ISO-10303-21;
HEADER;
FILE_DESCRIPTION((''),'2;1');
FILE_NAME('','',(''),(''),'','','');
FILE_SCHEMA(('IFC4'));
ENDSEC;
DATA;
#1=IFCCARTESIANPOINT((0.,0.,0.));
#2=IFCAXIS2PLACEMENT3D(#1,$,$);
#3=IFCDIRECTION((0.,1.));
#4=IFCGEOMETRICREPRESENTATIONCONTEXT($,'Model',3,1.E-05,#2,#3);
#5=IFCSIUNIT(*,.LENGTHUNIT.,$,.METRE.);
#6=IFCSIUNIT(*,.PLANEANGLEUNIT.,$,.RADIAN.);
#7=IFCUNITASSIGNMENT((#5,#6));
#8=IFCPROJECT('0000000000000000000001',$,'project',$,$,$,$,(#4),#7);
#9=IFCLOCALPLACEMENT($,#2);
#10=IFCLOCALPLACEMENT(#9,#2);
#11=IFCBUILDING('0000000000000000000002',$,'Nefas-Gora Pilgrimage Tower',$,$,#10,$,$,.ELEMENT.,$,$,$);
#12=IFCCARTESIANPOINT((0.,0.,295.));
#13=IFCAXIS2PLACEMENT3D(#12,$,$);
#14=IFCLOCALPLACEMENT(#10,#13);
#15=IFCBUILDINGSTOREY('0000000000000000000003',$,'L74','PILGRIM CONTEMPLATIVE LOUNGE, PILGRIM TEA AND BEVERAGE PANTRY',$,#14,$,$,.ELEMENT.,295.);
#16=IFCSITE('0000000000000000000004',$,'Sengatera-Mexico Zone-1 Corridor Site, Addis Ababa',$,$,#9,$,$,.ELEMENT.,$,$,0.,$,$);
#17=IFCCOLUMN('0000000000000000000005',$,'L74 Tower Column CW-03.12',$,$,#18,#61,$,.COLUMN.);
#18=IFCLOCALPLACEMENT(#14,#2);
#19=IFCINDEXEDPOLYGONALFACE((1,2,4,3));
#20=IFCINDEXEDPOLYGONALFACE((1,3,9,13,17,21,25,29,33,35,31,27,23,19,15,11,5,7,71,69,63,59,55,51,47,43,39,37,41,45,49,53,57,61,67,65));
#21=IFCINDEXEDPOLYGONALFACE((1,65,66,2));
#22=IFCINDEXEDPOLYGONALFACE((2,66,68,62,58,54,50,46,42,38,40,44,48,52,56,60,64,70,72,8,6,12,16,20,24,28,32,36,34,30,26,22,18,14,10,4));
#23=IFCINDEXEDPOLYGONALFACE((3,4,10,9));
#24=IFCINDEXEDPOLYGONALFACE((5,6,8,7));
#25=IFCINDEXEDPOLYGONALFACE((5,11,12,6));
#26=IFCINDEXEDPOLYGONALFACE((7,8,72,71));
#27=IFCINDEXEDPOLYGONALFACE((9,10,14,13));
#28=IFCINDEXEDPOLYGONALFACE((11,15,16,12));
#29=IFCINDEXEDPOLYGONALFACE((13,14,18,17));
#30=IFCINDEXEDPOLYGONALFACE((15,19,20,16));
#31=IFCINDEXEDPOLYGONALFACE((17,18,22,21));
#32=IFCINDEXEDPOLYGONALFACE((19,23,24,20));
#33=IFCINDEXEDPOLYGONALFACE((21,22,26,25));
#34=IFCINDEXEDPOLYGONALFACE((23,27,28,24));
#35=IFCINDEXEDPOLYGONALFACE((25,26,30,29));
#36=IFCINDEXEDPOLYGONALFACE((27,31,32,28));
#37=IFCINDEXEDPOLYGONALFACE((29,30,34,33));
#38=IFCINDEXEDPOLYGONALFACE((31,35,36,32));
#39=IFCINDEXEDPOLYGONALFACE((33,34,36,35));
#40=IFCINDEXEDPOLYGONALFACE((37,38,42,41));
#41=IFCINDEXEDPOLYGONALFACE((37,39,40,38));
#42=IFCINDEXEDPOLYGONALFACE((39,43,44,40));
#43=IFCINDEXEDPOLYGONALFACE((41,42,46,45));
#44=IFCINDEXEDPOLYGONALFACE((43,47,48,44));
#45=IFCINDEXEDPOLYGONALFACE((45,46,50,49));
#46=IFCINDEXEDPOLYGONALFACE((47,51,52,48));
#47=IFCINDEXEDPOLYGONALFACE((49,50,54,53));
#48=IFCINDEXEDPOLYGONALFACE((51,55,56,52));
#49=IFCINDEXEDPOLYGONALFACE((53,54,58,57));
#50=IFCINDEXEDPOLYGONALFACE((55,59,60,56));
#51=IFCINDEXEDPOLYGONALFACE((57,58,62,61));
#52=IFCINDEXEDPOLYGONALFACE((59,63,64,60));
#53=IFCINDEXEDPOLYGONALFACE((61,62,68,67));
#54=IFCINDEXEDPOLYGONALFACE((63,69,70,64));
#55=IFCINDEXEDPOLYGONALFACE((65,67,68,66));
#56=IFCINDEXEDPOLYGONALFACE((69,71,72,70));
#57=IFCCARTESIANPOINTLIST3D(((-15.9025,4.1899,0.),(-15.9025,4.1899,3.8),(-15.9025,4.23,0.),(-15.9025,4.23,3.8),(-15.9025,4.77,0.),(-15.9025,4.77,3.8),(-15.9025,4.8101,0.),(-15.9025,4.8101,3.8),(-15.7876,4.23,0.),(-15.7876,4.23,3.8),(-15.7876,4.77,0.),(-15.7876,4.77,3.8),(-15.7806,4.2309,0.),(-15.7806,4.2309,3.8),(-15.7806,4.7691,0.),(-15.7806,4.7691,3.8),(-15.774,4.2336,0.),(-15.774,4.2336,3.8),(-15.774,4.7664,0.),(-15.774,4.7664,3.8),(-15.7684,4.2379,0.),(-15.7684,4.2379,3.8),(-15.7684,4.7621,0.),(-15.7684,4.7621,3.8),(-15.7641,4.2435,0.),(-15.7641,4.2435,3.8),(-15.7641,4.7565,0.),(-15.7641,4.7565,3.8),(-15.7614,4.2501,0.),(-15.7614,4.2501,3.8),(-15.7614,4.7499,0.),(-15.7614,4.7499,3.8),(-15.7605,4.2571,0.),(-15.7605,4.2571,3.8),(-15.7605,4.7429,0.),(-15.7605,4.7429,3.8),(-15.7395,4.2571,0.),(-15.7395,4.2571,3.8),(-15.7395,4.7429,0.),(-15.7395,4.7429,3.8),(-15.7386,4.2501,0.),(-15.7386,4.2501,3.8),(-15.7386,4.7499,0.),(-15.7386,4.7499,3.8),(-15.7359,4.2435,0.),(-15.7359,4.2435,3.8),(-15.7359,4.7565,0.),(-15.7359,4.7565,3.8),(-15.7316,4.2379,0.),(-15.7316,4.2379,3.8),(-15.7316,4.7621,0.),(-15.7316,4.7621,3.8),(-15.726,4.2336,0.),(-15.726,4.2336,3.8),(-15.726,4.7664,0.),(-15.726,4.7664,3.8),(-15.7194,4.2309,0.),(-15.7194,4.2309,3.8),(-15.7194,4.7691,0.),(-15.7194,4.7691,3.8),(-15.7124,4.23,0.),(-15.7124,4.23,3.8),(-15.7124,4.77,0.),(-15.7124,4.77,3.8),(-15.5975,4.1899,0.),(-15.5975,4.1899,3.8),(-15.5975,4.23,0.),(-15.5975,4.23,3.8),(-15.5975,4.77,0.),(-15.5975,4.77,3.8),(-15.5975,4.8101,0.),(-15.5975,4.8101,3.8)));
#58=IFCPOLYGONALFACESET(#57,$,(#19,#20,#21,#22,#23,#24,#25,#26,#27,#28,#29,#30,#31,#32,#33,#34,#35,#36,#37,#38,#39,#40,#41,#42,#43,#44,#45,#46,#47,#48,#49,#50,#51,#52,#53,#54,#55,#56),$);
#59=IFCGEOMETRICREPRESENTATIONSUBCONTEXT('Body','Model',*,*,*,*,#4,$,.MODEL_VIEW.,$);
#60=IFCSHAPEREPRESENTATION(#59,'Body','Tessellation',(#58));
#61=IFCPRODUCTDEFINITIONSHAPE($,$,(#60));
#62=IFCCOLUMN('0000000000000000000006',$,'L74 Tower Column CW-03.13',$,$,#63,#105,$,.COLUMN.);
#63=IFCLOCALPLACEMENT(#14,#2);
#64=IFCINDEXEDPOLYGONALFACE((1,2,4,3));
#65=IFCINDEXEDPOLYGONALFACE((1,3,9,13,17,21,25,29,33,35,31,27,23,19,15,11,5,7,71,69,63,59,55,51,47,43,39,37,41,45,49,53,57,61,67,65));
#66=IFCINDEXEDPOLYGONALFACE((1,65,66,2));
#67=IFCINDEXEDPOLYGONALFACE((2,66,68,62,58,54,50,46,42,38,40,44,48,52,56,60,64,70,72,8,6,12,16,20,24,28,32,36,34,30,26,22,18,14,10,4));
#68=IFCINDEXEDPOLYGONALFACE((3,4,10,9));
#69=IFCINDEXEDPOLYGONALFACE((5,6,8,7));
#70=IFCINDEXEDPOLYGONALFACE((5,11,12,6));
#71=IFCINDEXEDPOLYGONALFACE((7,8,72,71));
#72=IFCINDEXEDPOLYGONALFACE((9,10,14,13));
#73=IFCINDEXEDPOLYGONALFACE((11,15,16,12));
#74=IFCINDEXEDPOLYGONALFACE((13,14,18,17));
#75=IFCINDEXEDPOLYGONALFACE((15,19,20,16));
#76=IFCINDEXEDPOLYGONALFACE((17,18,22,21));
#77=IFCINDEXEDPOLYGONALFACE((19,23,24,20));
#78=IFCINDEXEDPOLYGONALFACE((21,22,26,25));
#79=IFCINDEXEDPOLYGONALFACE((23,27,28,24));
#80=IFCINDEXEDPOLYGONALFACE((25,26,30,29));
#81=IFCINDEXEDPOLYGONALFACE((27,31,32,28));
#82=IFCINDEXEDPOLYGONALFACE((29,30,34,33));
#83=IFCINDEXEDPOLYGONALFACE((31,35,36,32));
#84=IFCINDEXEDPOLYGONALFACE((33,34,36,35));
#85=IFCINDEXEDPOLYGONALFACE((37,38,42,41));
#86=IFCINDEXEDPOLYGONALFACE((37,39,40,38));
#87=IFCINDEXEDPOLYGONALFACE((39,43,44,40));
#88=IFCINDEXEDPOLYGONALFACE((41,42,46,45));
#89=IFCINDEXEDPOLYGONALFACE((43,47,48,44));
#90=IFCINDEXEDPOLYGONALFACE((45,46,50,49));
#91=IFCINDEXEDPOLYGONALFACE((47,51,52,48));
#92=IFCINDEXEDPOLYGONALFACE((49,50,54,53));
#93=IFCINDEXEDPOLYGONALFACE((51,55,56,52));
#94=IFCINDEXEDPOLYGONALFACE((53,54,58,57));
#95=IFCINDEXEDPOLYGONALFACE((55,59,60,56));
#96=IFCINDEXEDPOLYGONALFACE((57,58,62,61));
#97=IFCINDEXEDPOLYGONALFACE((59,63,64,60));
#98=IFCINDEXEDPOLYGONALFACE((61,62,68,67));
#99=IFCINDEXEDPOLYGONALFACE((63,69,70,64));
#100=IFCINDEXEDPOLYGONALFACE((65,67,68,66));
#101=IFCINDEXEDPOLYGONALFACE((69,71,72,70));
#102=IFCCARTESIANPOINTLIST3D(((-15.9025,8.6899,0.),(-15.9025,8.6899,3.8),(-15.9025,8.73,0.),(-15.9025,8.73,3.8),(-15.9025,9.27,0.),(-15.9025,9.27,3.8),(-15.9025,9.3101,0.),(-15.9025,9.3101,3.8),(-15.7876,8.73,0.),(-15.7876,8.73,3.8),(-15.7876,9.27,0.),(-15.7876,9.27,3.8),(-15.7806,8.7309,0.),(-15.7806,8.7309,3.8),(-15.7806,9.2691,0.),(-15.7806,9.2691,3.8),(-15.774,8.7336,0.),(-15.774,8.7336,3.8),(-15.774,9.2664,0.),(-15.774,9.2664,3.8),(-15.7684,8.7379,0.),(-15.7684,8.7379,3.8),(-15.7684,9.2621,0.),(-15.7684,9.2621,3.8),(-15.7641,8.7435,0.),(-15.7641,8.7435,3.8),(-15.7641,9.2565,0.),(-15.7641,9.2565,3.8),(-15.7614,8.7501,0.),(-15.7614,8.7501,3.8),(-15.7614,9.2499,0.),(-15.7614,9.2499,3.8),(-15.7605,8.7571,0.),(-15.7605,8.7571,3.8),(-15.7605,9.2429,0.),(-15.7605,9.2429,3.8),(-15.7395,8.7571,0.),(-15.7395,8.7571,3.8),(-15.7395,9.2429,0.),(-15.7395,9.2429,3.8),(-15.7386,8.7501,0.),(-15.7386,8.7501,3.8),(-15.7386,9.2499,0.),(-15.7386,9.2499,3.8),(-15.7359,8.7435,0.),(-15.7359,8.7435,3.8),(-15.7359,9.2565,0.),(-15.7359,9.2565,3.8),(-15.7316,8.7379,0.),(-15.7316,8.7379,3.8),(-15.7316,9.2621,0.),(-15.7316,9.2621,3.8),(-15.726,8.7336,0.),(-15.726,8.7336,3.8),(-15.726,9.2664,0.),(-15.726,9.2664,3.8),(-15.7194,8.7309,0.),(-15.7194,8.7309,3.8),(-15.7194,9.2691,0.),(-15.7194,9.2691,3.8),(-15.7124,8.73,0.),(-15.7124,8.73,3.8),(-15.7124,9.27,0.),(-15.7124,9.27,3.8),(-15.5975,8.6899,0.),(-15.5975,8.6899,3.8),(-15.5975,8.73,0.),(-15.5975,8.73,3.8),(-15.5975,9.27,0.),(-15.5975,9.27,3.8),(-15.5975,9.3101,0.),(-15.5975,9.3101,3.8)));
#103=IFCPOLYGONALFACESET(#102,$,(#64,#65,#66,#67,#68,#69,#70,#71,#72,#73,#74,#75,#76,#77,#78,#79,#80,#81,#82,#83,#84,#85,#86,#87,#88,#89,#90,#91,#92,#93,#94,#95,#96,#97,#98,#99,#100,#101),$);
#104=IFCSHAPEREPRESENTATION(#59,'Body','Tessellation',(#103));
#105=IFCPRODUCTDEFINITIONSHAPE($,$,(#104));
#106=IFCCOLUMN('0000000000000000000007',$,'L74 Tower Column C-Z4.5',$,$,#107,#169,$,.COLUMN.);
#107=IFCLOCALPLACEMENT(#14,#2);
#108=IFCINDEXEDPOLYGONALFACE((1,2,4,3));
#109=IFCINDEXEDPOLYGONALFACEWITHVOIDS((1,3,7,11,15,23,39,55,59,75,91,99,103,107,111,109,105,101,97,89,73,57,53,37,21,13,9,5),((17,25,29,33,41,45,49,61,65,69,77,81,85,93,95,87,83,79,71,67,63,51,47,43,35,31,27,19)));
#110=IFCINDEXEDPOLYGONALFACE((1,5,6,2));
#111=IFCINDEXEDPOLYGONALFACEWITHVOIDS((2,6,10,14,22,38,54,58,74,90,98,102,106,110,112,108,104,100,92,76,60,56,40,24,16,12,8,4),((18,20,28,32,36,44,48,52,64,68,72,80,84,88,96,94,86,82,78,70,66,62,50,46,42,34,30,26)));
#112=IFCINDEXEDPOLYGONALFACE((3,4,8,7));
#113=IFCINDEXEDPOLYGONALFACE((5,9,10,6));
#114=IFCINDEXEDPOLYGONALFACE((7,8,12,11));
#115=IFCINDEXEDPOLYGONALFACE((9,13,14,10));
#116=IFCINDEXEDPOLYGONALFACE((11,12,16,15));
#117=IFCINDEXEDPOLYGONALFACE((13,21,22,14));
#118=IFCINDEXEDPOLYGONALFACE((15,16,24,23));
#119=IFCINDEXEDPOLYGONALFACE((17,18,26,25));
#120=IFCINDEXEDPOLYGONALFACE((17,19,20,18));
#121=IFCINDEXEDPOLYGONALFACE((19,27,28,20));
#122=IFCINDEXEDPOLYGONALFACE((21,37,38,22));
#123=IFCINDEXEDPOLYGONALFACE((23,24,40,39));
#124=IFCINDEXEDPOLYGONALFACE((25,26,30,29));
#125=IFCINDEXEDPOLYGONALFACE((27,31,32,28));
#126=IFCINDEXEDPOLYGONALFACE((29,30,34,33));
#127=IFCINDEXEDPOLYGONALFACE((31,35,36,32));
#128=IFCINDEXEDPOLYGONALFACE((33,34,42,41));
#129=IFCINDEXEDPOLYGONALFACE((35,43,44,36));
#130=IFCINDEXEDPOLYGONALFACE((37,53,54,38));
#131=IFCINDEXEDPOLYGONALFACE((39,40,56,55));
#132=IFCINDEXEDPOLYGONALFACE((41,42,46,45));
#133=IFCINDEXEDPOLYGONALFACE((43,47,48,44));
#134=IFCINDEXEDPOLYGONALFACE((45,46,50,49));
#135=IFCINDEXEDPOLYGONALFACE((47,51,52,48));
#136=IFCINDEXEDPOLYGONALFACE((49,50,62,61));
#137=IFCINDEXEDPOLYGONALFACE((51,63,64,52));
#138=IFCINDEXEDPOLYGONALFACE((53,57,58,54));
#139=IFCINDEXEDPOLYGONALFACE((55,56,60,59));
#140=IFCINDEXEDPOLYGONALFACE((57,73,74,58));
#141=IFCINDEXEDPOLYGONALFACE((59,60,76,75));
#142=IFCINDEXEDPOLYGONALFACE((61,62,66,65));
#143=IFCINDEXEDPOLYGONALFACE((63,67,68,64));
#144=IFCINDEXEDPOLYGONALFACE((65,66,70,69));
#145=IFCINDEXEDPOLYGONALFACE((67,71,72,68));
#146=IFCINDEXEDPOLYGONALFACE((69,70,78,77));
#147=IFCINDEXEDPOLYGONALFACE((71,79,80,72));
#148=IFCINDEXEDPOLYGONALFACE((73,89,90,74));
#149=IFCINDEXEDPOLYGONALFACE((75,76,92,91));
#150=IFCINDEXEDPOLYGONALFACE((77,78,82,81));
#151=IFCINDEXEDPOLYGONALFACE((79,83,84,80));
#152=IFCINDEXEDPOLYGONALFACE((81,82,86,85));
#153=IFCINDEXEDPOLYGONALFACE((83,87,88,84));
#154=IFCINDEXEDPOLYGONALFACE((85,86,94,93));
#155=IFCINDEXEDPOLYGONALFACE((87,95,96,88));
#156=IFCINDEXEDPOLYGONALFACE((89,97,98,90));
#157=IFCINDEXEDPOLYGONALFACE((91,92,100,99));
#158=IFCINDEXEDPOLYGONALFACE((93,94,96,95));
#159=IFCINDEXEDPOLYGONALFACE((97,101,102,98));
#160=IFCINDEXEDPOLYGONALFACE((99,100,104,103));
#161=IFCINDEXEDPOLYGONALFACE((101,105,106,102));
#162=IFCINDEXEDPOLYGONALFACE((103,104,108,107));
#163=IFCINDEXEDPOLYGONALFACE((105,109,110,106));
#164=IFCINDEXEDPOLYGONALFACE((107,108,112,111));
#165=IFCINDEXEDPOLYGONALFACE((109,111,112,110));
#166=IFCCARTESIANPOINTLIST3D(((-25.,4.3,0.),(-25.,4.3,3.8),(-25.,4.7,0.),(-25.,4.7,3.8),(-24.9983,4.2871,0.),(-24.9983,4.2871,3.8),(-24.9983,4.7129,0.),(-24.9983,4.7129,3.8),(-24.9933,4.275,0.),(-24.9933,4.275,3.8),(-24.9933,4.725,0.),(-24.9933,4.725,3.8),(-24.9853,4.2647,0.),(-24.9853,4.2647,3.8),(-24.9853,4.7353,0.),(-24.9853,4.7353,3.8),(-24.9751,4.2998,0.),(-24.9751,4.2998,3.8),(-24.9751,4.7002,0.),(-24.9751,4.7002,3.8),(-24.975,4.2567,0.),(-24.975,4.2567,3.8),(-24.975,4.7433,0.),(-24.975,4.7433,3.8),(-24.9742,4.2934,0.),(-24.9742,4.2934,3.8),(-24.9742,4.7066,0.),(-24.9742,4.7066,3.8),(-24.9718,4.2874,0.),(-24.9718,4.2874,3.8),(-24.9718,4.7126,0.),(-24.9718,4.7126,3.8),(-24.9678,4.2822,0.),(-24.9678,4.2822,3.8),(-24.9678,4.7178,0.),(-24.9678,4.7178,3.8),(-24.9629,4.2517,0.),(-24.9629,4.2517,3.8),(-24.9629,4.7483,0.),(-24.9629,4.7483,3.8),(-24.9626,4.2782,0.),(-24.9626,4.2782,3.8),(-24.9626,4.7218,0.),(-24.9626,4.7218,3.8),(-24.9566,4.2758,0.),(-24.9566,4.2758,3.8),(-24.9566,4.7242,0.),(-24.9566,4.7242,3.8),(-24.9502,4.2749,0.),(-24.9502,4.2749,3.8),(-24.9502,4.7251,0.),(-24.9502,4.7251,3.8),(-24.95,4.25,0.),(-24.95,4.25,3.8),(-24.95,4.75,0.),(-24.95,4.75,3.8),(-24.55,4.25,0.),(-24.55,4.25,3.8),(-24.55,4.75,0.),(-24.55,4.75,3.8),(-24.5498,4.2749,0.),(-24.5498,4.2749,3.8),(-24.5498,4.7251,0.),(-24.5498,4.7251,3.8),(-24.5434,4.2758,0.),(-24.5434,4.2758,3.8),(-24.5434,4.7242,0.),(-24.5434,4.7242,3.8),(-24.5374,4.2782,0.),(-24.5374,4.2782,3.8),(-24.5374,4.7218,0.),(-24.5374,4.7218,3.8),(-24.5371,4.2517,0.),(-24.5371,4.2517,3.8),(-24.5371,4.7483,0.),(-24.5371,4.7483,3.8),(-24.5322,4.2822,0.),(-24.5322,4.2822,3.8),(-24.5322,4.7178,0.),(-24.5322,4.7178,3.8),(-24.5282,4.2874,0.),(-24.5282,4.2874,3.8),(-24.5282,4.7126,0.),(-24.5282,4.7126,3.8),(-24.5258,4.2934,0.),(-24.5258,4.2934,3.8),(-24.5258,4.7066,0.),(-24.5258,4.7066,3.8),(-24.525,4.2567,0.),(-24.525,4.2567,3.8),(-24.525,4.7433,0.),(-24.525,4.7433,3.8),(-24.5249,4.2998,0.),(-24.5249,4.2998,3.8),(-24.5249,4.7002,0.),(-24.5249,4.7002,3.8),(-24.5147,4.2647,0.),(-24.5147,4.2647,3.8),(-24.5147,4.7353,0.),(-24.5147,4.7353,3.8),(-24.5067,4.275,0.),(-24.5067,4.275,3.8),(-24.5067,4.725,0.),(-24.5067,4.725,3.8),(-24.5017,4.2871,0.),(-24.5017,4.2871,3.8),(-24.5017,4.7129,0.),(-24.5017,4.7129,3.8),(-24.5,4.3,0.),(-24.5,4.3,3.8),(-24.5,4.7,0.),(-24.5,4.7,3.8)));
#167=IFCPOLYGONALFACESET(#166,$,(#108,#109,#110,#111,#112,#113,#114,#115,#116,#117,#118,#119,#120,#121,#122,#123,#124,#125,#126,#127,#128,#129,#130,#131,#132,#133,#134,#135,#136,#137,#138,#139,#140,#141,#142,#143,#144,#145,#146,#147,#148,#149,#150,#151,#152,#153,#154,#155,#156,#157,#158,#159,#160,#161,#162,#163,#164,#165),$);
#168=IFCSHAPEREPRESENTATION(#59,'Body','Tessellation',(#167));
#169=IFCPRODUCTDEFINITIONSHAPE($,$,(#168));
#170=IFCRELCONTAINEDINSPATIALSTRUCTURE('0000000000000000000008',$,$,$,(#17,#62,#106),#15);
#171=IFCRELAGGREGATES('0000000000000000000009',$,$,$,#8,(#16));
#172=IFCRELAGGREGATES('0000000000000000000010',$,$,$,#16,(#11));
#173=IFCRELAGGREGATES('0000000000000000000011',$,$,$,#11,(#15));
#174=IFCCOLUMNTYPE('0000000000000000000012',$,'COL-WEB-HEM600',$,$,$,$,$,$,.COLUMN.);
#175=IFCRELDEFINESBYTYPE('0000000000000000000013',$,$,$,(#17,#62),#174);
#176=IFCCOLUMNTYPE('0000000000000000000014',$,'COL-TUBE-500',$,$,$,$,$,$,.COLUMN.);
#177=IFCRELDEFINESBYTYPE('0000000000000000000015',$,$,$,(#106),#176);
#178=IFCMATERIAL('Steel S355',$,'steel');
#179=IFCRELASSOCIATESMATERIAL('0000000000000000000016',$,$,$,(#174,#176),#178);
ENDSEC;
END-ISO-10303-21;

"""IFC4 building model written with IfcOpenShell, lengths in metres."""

from ifc_helpers import new_model, si_unit, direction, frame, origin, origin_2d, place, context, subcontext, project, spatial, hollow_rectangle, i_section, extrude, source, transform, mapped, material, material_profile, profile_set, type_object, element, save


model = new_model("IFC4")

# Units and contexts
model_context = context("Model", 3, precision=1e-05, world=origin(), true_north=direction((0.0, 1.0)))
body_context = subcontext(model_context, "Body", "Model", "MODEL_VIEW")
ifc_project = project(units=[si_unit("LENGTHUNIT", "METRE"), si_unit("PLANEANGLEUNIT", "RADIAN")], contexts=[model_context])

# Site, building, storey
site_placement = place(None, origin())
site = spatial("IfcSite", under=ifc_project, at=site_placement, Name="Sengatera-Mexico Zone-1 Corridor Site, Addis Ababa", CompositionType="ELEMENT", RefElevation=0.0)
building_placement = place(site_placement, origin())
building = spatial("IfcBuilding", under=site, at=building_placement, Name="Nefas-Gora Pilgrimage Tower", CompositionType="ELEMENT")
storey_placement = place(building_placement, frame((0.0, 0.0, 295.0)))
storey = spatial("IfcBuildingStorey", under=building, at=storey_placement, Name="L74", Description="PILGRIM CONTEMPLATIVE LOUNGE, PILGRIM TEA AND BEVERAGE PANTRY", CompositionType="ELEMENT", Elevation=295.0)

# Columns
ifc_material_1 = material(Name="Steel S355", Category="steel")
ifc_material_profile_1 = material_profile(ifc_material_1, i_section(OverallWidth=0.3049, OverallDepth=0.6201, WebThickness=0.021, FlangeThickness=0.04, FilletRadius=0.0271, at=origin_2d()), Name="HEM 600")
ifc_profile_set_1 = profile_set([ifc_material_profile_1], Name="Steel S355")
column_type_1 = type_object("IfcColumnType", Name="COL-WEB-HEM600", PredefinedType="COLUMN", material=ifc_profile_set_1)
shared_shape_1 = source(origin(), body_context, "Body", "SweptSolid", [
    extrude(i_section(OverallWidth=0.3049, OverallDepth=0.6201, WebThickness=0.021, FlangeThickness=0.04, FilletRadius=0.0271, at=origin_2d()), origin(), (0.0, 0.0, 1.0), 3.8),
])
for number, where, z_axis, x_axis, name in (
    (1, (-15.75, 4.5, 0.0), (0.0, 0.0, 1.0), (1.0, 0.0, 0.0), "L74 Tower Column CW-03.12"),
    (2, (-15.75, 9.0, 0.0), (0.0, 0.0, 1.0), (1.0, 0.0, 0.0), "L74 Tower Column CW-03.13"),
):
    element("IfcColumn", number, at=place(storey_placement, frame(where, z_axis=z_axis, x_axis=x_axis)), inside=storey, type_object=column_type_1, Name=name, PredefinedType="COLUMN", context=body_context, shape_type="MappedRepresentation", body=[
        mapped(shared_shape_1, transform((0.0, 0.0, 0.0), x_axis=(1.0, 0.0, 0.0), y_axis=(0.0, 1.0, 0.0), z_axis=(0.0, 0.0, 1.0), scale=1.0)),
    ])
ifc_material_profile_2 = material_profile(ifc_material_1, hollow_rectangle(XDim=0.5, YDim=0.5, WallThickness=0.0249, InnerFilletRadius=0.0249, OuterFilletRadius=0.05, at=origin_2d()), Name="SHS 500x500x25")
ifc_profile_set_2 = profile_set([ifc_material_profile_2], Name="Steel S355")
column_type_2 = type_object("IfcColumnType", Name="COL-TUBE-500", PredefinedType="COLUMN", material=ifc_profile_set_2)
shared_shape_2 = source(origin(), body_context, "Body", "SweptSolid", [
    extrude(hollow_rectangle(XDim=0.5, YDim=0.5, WallThickness=0.0249, InnerFilletRadius=0.0249, OuterFilletRadius=0.05, at=origin_2d()), origin(), (0.0, 0.0, 1.0), 3.8),
])
for number, where, z_axis, x_axis, name in (
    (3, (-24.75, 4.5, 0.0), (0.0, 0.0, 1.0), (1.0, 0.0, 0.0), "L74 Tower Column C-Z4.5"),
):
    element("IfcColumn", number, at=place(storey_placement, frame(where, z_axis=z_axis, x_axis=x_axis)), inside=storey, type_object=column_type_2, Name=name, PredefinedType="COLUMN", context=body_context, shape_type="MappedRepresentation", body=[
        mapped(shared_shape_2, transform((0.0, 0.0, 0.0), x_axis=(1.0, 0.0, 0.0), y_axis=(0.0, 1.0, 0.0), z_axis=(0.0, 0.0, 1.0), scale=1.0)),
    ])

save(model, "model.ifc")
